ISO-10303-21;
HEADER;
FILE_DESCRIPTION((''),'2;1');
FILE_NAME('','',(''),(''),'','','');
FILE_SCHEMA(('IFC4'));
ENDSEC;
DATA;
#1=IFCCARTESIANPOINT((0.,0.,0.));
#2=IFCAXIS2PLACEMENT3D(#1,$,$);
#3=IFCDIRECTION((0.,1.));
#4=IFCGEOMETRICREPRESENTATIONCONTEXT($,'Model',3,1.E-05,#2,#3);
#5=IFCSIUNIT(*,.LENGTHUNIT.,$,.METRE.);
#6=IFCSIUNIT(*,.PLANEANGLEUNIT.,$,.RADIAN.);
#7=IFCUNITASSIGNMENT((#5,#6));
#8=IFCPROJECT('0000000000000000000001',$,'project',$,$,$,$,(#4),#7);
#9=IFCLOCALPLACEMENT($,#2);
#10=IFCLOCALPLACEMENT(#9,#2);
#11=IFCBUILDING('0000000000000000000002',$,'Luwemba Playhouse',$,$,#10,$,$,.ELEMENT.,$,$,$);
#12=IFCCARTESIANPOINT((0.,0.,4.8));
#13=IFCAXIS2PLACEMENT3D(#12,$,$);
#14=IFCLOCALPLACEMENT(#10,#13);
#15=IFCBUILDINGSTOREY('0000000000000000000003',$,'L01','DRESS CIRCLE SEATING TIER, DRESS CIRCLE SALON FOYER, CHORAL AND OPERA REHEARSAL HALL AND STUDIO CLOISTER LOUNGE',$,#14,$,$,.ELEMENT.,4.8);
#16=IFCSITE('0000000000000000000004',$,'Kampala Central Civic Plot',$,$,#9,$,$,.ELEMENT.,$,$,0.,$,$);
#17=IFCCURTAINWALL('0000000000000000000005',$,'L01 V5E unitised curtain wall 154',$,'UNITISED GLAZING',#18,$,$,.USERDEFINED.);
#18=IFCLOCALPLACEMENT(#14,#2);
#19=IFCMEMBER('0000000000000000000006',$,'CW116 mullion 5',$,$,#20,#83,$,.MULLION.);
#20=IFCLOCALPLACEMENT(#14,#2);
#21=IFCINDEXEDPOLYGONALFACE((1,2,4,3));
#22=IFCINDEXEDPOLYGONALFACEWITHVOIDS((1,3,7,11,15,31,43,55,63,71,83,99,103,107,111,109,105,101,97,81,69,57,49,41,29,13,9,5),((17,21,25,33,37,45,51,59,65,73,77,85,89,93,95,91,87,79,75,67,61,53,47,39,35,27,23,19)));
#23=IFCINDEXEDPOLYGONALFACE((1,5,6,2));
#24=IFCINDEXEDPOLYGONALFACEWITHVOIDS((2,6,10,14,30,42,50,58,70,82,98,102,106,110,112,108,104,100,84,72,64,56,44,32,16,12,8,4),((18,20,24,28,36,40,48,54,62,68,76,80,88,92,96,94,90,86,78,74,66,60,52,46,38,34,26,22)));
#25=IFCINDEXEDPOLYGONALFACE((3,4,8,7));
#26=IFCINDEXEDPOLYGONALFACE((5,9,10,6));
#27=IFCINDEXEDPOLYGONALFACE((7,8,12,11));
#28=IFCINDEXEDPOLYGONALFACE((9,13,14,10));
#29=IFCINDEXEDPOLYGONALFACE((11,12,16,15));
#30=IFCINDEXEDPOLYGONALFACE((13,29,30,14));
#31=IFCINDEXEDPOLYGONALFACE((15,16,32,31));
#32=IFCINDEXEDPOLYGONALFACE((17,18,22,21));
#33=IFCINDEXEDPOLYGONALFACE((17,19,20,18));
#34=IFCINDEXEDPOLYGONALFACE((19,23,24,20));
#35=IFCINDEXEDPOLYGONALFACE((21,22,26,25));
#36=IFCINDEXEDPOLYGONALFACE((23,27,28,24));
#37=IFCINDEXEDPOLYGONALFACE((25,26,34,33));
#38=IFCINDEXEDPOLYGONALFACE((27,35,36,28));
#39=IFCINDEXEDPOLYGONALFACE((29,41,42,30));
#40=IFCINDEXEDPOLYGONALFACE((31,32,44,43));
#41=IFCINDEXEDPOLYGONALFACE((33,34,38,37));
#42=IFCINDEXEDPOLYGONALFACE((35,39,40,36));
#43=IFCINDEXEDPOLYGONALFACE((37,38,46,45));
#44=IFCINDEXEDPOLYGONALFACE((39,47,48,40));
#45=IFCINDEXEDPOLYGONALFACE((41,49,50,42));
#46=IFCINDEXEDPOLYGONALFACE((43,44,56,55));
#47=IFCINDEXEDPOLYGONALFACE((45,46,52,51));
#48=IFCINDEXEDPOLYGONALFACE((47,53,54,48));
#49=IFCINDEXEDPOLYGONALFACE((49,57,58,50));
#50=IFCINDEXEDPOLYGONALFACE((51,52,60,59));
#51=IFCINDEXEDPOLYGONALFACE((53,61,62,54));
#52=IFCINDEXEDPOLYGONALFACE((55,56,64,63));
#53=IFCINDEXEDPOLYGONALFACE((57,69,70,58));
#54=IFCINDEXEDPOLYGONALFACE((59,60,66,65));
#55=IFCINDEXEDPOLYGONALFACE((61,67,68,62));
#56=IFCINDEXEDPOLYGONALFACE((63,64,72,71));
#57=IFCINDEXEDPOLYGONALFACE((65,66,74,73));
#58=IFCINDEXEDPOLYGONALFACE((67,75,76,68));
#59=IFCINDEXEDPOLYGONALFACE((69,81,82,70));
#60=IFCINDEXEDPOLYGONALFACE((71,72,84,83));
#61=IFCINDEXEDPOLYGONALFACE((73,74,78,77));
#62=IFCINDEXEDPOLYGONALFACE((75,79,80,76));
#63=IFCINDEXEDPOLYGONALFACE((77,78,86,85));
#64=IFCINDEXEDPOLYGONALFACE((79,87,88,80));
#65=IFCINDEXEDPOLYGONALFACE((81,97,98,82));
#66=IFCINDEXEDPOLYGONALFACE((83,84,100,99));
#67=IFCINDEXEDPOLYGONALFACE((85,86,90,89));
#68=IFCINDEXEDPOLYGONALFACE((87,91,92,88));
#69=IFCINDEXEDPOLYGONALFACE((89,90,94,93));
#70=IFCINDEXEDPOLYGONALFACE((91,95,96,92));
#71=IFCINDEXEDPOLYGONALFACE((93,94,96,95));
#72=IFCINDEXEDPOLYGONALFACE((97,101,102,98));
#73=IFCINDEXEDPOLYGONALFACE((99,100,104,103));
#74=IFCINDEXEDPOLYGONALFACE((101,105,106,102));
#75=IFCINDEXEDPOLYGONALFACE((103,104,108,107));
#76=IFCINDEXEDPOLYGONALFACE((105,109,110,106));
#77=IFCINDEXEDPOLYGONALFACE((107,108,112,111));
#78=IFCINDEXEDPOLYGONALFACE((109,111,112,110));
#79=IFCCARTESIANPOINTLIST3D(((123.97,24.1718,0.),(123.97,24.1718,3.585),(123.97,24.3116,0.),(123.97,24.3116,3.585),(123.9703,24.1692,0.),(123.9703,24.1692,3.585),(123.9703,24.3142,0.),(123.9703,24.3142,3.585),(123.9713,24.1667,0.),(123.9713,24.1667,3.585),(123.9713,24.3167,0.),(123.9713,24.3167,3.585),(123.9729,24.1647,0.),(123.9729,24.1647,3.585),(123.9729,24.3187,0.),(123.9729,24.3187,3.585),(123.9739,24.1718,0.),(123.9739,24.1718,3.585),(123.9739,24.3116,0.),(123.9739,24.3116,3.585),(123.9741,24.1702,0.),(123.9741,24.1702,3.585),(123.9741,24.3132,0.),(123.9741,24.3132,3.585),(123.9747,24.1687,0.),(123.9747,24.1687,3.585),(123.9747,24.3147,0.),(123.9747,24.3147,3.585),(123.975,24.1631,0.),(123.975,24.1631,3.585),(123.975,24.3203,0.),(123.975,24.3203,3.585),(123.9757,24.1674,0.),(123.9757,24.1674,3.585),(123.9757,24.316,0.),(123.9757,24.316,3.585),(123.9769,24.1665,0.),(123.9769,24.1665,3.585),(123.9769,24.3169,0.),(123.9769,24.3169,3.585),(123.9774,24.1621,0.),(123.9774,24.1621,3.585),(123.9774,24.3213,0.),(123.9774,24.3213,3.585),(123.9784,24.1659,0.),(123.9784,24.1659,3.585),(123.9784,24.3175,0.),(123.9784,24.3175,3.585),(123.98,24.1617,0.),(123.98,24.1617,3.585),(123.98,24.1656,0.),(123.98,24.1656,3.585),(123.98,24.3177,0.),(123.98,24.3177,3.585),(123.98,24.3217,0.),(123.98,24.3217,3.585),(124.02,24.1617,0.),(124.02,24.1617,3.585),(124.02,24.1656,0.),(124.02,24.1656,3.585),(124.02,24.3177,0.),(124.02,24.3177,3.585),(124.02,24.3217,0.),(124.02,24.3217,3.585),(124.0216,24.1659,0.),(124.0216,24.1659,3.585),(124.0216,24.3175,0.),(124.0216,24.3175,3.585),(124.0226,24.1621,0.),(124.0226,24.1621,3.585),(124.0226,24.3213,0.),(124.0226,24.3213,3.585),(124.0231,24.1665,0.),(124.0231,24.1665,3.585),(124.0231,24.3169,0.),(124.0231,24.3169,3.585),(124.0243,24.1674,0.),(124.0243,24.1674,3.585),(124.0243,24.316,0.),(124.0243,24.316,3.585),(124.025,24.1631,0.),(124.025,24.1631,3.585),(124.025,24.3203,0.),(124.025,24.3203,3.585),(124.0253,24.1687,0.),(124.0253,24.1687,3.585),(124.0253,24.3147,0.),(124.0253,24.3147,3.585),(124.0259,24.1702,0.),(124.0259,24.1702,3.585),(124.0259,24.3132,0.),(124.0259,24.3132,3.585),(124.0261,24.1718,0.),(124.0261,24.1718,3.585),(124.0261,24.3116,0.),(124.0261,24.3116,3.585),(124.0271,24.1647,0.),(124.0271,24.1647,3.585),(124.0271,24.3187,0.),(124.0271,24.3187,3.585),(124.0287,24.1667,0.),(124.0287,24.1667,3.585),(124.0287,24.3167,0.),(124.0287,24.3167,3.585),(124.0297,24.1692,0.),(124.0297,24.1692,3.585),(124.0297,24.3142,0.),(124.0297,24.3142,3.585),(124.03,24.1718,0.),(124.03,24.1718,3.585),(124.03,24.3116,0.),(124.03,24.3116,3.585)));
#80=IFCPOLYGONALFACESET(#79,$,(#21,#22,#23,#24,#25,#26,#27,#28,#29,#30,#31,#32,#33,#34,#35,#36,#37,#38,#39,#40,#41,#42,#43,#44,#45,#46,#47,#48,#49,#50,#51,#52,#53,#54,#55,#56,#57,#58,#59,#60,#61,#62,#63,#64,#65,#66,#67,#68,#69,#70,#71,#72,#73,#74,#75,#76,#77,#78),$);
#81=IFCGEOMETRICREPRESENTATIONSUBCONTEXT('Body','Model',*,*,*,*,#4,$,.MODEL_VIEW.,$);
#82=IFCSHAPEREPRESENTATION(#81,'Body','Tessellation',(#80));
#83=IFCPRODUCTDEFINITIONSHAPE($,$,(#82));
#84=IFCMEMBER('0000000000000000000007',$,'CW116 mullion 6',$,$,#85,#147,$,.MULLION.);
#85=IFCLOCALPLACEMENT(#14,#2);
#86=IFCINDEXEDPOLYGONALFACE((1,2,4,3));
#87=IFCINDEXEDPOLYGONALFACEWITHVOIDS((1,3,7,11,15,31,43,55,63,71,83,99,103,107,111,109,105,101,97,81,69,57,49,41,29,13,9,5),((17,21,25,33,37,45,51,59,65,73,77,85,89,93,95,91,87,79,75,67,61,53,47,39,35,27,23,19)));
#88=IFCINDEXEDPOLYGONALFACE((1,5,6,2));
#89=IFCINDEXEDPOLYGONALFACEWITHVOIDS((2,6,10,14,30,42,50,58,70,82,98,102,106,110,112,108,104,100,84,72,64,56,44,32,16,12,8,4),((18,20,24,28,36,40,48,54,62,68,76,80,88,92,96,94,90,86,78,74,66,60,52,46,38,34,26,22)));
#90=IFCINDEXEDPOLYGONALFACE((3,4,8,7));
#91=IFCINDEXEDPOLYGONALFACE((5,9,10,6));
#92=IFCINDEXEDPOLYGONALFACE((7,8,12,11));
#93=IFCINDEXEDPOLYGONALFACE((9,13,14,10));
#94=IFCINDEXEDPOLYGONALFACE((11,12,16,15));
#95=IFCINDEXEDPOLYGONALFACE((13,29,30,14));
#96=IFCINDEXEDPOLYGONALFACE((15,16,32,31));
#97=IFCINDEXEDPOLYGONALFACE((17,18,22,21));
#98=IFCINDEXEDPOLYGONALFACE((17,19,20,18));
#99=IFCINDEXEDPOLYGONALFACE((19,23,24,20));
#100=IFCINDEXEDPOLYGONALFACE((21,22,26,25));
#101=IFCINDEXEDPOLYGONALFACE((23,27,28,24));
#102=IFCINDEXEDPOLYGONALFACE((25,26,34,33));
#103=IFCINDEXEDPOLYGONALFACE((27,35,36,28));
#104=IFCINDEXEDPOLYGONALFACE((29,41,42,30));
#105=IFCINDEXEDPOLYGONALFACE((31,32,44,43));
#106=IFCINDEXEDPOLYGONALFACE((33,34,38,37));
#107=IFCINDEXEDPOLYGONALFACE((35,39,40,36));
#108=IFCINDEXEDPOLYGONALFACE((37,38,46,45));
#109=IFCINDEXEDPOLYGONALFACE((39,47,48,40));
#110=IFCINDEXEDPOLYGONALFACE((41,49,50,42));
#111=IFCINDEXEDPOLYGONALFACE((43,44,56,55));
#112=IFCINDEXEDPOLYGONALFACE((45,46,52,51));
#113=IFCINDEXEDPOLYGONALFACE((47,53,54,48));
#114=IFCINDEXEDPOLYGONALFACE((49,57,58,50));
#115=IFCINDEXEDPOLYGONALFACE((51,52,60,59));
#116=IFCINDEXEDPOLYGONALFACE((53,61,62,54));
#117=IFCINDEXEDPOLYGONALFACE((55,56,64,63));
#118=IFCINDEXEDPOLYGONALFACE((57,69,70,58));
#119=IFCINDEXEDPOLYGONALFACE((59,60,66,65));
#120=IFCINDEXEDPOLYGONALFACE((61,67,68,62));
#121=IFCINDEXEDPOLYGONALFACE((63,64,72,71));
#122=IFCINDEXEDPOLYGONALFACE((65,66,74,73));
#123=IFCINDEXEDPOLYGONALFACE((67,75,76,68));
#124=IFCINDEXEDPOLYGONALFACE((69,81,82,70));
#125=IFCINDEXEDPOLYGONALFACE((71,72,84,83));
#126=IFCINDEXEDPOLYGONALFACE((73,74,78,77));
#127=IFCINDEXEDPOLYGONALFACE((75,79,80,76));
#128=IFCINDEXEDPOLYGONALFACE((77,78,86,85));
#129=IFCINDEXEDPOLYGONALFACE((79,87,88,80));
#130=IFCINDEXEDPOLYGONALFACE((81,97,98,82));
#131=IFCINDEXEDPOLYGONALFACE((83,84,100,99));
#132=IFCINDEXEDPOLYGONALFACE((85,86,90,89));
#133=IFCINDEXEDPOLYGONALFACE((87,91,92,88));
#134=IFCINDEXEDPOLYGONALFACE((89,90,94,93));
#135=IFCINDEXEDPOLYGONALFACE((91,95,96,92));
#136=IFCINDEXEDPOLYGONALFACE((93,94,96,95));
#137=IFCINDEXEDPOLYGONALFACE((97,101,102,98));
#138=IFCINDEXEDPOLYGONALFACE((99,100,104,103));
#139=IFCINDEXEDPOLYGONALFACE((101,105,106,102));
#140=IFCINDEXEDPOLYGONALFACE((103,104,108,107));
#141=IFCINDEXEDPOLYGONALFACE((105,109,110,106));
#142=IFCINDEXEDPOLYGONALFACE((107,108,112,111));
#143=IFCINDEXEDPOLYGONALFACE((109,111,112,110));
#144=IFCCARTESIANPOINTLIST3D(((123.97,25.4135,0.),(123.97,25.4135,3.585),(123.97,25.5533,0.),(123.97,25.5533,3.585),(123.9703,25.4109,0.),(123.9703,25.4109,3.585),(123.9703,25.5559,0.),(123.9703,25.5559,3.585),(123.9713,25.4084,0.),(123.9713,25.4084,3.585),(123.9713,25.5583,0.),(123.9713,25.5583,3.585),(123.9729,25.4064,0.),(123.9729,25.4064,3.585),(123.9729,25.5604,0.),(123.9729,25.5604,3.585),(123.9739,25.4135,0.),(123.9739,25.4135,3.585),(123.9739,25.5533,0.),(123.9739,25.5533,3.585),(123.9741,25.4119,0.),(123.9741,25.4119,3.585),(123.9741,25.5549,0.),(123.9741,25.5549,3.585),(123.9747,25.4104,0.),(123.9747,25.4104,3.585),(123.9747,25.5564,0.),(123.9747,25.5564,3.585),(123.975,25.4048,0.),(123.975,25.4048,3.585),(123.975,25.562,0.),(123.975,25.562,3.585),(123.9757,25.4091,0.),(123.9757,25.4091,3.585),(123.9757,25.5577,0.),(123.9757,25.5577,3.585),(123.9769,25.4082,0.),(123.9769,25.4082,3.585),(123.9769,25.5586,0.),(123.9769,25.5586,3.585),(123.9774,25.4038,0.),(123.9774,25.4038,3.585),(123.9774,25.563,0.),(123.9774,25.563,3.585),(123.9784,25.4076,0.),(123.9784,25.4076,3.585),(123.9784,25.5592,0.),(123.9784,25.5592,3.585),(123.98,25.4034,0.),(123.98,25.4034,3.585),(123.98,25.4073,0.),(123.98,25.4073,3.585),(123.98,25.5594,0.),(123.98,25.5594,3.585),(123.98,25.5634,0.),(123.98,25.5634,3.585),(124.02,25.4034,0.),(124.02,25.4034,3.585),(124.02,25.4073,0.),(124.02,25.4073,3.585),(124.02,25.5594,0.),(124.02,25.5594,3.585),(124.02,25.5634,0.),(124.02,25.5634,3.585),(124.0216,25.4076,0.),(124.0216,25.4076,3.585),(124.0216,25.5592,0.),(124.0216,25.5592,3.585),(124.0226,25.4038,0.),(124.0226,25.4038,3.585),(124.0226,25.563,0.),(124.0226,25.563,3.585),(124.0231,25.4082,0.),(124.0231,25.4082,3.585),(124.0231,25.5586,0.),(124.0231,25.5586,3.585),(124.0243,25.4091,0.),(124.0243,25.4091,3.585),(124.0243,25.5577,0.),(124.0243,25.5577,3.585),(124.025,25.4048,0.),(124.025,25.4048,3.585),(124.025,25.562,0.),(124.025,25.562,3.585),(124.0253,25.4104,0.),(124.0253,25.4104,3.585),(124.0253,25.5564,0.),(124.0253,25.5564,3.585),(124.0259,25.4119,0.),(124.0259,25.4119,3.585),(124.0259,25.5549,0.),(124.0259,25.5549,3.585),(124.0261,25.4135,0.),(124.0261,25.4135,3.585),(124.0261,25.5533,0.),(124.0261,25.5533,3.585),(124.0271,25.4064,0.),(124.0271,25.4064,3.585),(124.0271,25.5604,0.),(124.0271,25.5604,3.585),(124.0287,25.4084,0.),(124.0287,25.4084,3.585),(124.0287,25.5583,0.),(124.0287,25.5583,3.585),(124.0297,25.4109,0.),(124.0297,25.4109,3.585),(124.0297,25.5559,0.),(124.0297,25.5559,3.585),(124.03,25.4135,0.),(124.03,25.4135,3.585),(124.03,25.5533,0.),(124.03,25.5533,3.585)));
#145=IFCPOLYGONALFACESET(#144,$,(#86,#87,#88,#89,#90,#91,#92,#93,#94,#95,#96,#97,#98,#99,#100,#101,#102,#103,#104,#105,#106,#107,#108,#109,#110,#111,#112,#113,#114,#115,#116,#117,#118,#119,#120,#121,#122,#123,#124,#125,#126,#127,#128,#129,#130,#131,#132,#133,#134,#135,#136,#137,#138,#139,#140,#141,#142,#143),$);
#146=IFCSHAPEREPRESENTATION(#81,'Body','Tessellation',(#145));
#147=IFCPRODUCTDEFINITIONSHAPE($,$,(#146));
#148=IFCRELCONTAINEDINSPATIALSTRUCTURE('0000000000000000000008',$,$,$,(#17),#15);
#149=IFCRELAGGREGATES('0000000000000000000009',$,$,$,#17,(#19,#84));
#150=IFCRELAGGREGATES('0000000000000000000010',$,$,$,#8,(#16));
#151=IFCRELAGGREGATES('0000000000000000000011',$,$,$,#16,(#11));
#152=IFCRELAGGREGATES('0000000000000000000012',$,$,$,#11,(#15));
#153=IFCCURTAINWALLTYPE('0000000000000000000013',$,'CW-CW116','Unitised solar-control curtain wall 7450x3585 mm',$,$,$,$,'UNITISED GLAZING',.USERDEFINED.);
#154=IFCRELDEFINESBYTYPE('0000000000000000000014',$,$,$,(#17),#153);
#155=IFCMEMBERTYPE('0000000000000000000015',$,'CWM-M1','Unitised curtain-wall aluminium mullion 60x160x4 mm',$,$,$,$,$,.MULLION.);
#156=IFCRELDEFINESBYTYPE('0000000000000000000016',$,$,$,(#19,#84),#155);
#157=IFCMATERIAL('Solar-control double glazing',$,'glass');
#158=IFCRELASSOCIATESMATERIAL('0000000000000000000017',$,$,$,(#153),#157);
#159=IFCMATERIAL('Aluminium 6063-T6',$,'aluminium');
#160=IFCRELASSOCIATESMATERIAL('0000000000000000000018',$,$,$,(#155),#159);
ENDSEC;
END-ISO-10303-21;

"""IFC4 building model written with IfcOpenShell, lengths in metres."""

from ifc_helpers import new_model, si_unit, direction, frame, origin, origin_2d, place, context, subcontext, project, spatial, hollow_rectangle, extrude, material, material_profile, profile_set, type_object, element, aggregate, save


model = new_model("IFC4")

# Units and contexts
model_context = context("Model", 3, precision=1e-05, world=origin(), true_north=direction((0.0, 1.0)))
body_context = subcontext(model_context, "Body", "Model", "MODEL_VIEW")
ifc_project = project(units=[si_unit("LENGTHUNIT", "METRE"), si_unit("PLANEANGLEUNIT", "RADIAN")], contexts=[model_context])

# Site, building, storey
site_placement = place(None, origin())
site = spatial("IfcSite", under=ifc_project, at=site_placement, Name="Kampala Central Civic Plot", CompositionType="ELEMENT", RefElevation=0.0)
building_placement = place(site_placement, origin())
building = spatial("IfcBuilding", under=site, at=building_placement, Name="Luwemba Playhouse", CompositionType="ELEMENT")
storey_placement = place(building_placement, frame((0.0, 0.0, 4.8)))
storey = spatial("IfcBuildingStorey", under=building, at=storey_placement, Name="L01", Description="DRESS CIRCLE SEATING TIER, DRESS CIRCLE SALON FOYER, CHORAL AND OPERA REHEARSAL HALL AND STUDIO CLOISTER LOUNGE", CompositionType="ELEMENT", Elevation=4.8)

# Curtain wall, members
ifc_material_1 = material(Name="Solar-control double glazing", Category="glass")
curtain_wall_type_1 = type_object("IfcCurtainWallType", Name="CW-CW116", Description="Unitised solar-control curtain wall 7450x3585 mm", ElementType="UNITISED GLAZING", PredefinedType="USERDEFINED", material=ifc_material_1)
curtain_wall_1_placement = place(storey_placement, origin())
curtain_wall_1 = element("IfcCurtainWall", 1, at=curtain_wall_1_placement, inside=storey, type_object=curtain_wall_type_1, Name="L01 V5E unitised curtain wall 154", ObjectType="UNITISED GLAZING", PredefinedType="USERDEFINED")
ifc_material_2 = material(Name="Aluminium 6063-T6", Category="aluminium")
ifc_material_profile_1 = material_profile(ifc_material_2, hollow_rectangle(XDim=0.0601, YDim=0.1599, WallThickness=0.0039, InnerFilletRadius=0.0061, OuterFilletRadius=0.01, at=origin_2d()))
ifc_profile_set_1 = profile_set([ifc_material_profile_1], Name="Aluminium 6063-T6")
member_type_1 = type_object("IfcMemberType", Name="CWM-M1", Description="Unitised curtain-wall aluminium mullion 60x160x4 mm", PredefinedType="MULLION", material=ifc_profile_set_1)
member_1_placement = place(storey_placement, frame((124.0, 24.2417, 0.0), z_axis=(0.0, 0.0, 1.0), x_axis=(-1.0, 0.0, 0.0)))
member_1 = element("IfcMember", 2, at=member_1_placement, type_object=member_type_1, Name="CW116 mullion 5", PredefinedType="MULLION", context=body_context, shape_type="SweptSolid", body=[
    extrude(hollow_rectangle(XDim=0.0601, YDim=0.1599, WallThickness=0.0039, InnerFilletRadius=0.0061, OuterFilletRadius=0.01, at=origin_2d()), origin(), (0.0, 0.0, 1.0), 3.585),
])
member_2_placement = place(storey_placement, frame((124.0, 25.4834, 0.0), z_axis=(0.0, 0.0, 1.0), x_axis=(-1.0, 0.0, 0.0)))
member_2 = element("IfcMember", 3, at=member_2_placement, type_object=member_type_1, Name="CW116 mullion 6", PredefinedType="MULLION", context=body_context, shape_type="SweptSolid", body=[
    extrude(hollow_rectangle(XDim=0.0601, YDim=0.1599, WallThickness=0.0039, InnerFilletRadius=0.0061, OuterFilletRadius=0.01, at=origin_2d()), origin(), (0.0, 0.0, 1.0), 3.585),
])

aggregate(curtain_wall_1, [member_1, member_2])

save(model, "model.ifc")
